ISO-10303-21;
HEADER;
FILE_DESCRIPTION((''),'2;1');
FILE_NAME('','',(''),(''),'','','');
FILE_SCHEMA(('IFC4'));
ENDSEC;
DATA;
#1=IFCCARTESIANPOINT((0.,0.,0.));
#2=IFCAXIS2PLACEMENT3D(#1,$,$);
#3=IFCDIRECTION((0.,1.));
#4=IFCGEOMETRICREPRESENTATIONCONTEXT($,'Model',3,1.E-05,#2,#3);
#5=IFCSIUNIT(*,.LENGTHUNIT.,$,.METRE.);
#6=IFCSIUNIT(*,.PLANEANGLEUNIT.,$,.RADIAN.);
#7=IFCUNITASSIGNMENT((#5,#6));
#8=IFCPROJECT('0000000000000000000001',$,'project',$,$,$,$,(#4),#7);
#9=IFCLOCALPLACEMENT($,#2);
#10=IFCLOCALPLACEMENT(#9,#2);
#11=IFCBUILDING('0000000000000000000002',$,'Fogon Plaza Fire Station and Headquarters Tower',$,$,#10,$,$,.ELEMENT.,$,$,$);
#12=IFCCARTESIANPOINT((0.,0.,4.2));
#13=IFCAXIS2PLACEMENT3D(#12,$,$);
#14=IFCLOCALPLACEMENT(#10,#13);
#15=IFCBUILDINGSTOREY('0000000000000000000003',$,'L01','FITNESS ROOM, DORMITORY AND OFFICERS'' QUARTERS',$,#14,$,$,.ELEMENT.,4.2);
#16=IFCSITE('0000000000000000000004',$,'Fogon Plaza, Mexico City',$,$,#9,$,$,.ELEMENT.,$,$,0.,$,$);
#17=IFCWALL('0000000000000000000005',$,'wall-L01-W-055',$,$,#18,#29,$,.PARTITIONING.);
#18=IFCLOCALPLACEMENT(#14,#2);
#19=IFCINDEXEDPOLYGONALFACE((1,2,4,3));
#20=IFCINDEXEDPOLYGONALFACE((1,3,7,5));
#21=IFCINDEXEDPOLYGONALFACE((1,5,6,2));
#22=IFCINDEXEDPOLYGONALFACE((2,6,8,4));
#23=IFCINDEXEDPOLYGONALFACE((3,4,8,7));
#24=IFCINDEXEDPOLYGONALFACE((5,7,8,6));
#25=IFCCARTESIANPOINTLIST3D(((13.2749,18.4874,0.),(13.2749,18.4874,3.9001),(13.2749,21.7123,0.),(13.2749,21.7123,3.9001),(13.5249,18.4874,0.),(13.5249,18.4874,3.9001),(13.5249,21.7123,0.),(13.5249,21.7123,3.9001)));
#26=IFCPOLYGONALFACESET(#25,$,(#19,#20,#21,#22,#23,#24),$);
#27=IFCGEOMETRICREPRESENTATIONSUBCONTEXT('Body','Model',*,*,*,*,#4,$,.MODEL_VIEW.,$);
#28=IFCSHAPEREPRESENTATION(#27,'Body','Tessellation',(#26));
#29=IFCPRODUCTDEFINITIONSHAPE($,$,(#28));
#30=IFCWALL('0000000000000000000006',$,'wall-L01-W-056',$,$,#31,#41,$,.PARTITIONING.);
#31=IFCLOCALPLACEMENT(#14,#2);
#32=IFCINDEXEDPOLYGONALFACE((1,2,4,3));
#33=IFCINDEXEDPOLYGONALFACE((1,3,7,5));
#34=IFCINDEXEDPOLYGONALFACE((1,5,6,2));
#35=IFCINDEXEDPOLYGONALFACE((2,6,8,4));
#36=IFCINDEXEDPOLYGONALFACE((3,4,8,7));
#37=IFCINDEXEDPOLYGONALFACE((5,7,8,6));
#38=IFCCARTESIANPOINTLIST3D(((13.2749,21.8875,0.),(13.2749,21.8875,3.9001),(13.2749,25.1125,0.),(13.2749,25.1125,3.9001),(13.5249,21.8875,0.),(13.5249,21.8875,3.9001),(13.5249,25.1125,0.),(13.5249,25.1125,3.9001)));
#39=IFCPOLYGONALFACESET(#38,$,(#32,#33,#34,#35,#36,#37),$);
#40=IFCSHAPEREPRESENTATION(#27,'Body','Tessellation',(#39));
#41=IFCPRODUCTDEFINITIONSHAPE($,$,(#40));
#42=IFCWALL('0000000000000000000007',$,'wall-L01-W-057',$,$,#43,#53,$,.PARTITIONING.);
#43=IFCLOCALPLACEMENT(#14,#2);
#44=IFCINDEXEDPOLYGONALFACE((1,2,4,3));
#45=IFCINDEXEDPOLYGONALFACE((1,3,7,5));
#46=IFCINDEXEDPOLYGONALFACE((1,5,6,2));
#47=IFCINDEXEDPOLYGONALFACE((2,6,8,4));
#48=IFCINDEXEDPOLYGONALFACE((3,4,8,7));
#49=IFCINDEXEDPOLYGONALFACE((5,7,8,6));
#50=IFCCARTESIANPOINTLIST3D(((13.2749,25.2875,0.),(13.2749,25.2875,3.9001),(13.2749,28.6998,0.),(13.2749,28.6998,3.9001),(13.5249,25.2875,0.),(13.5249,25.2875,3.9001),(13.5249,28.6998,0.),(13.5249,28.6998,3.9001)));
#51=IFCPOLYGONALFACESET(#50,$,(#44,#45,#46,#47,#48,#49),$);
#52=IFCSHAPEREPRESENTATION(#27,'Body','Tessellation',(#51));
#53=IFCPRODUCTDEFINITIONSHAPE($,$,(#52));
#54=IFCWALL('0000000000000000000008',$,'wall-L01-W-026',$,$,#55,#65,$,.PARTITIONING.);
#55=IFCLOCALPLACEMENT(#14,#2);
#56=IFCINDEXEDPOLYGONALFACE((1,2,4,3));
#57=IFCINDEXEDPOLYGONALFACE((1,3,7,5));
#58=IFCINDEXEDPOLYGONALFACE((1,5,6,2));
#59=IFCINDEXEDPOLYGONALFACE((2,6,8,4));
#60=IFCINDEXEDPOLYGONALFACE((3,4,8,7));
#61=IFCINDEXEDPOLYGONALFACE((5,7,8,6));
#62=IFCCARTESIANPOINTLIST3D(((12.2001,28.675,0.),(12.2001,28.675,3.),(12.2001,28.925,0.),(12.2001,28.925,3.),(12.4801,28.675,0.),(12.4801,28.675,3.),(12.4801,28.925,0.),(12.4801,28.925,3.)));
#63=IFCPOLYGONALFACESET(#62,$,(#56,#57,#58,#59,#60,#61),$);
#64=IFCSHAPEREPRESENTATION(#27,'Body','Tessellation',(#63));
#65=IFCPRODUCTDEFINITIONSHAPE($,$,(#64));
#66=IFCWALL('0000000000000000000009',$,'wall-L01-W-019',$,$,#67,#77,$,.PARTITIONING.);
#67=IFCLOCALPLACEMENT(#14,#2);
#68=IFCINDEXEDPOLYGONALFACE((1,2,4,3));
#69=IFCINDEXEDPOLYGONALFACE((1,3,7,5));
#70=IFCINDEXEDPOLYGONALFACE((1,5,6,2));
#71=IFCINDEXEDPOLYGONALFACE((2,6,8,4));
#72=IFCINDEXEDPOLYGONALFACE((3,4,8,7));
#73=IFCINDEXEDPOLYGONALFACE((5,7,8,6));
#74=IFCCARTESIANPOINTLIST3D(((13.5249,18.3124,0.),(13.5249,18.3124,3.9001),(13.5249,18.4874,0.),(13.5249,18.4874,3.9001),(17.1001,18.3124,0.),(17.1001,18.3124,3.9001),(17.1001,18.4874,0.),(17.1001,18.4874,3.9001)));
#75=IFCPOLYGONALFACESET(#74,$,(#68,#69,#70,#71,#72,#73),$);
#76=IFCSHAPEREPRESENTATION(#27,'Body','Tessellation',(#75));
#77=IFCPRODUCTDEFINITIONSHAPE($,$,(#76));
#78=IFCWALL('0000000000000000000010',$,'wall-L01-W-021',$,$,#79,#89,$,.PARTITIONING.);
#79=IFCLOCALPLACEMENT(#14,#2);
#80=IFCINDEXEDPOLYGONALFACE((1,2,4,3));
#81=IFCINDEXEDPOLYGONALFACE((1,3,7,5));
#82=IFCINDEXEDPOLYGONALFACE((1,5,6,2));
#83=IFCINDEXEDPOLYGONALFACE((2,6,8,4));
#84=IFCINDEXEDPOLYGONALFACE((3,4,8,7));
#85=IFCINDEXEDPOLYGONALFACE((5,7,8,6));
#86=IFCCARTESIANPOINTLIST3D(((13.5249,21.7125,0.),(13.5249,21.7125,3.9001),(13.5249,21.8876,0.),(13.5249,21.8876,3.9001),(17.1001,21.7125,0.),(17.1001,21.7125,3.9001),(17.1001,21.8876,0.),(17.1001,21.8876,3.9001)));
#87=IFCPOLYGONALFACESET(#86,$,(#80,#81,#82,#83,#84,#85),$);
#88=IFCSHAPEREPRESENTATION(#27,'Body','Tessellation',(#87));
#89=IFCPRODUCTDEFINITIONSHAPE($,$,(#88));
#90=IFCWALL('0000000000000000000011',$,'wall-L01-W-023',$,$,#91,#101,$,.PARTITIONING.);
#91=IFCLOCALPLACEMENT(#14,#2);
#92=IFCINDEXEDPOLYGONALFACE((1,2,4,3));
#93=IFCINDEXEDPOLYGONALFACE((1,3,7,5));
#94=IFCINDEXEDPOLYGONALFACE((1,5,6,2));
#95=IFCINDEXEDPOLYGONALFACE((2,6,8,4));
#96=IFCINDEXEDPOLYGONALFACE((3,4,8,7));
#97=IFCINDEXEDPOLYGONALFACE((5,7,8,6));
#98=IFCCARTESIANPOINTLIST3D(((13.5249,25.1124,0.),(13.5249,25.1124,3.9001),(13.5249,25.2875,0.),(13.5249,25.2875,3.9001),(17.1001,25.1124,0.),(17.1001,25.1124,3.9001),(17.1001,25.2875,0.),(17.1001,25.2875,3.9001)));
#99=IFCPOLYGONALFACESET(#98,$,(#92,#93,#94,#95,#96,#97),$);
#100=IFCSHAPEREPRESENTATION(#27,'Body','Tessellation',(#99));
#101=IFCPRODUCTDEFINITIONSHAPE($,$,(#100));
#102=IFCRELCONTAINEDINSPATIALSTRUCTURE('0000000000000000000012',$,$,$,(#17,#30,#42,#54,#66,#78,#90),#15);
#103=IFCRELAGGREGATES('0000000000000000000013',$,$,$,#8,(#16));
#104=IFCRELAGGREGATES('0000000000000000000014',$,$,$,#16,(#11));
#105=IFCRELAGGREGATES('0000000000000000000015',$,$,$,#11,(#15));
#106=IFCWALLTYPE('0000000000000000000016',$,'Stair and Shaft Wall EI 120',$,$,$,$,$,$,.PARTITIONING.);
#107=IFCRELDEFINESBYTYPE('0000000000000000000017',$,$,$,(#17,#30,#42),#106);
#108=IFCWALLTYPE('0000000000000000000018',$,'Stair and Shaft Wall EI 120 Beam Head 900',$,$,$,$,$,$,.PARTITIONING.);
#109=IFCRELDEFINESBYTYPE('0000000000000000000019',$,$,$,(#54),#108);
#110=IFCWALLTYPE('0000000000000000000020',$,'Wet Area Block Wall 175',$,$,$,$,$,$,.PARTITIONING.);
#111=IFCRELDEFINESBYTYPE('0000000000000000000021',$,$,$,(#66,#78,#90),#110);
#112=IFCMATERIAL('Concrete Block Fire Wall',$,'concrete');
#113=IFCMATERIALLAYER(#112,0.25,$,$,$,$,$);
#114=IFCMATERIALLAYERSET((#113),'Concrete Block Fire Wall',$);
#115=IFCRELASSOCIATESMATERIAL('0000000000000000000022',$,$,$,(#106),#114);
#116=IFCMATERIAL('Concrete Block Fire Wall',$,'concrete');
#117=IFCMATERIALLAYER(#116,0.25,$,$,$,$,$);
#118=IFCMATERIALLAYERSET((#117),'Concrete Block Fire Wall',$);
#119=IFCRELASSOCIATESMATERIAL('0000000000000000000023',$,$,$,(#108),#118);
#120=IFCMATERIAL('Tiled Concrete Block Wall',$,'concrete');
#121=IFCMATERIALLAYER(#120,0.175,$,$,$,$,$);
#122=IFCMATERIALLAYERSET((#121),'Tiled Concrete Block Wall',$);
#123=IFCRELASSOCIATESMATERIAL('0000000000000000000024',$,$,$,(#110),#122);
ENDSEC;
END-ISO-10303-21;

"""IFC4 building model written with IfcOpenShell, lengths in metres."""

from ifc_helpers import new_model, si_unit, direction, frame, frame_2d, origin, place, context, subcontext, project, spatial, rectangle, extrude, material, layer, layer_set, type_object, element, save


model = new_model("IFC4")

# Units and contexts
model_context = context("Model", 3, precision=1e-05, world=origin(), true_north=direction((0.0, 1.0)))
body_context = subcontext(model_context, "Body", "Model", "MODEL_VIEW")
ifc_project = project(units=[si_unit("LENGTHUNIT", "METRE"), si_unit("PLANEANGLEUNIT", "RADIAN")], contexts=[model_context])

# Site, building, storey
site_placement = place(None, origin())
site = spatial("IfcSite", under=ifc_project, at=site_placement, Name="Fogon Plaza, Mexico City", CompositionType="ELEMENT", RefElevation=0.0)
building_placement = place(site_placement, origin())
building = spatial("IfcBuilding", under=site, at=building_placement, Name="Fogon Plaza Fire Station and Headquarters Tower", CompositionType="ELEMENT")
storey_placement = place(building_placement, frame((0.0, 0.0, 4.2)))
storey = spatial("IfcBuildingStorey", under=building, at=storey_placement, Name="L01", Description="FITNESS ROOM, DORMITORY AND OFFICERS' QUARTERS", CompositionType="ELEMENT", Elevation=4.2)

# Walls
ifc_material_1 = material(Name="Concrete Block Fire Wall", Category="concrete")
ifc_layer_1 = layer(ifc_material_1, 0.25)
ifc_layer_set_1 = layer_set([ifc_layer_1], Name="Concrete Block Fire Wall")
wall_type_1 = type_object("IfcWallType", Name="Stair and Shaft Wall EI 120", PredefinedType="PARTITIONING", material=ifc_layer_set_1)
wall_1_placement = place(storey_placement, frame((13.3999, 18.4875, 0.0), z_axis=(0.0, 0.0, 1.0), x_axis=(0.0, 1.0, 0.0)))
element("IfcWall", 1, at=wall_1_placement, inside=storey, type_object=wall_type_1, Name="wall-L01-W-055", PredefinedType="PARTITIONING", context=body_context, shape_type="SweptSolid", body=[
    extrude(rectangle(XDim=3.2249, YDim=0.25, at=frame_2d((1.6123, 0.0))), origin(), (0.0, 0.0, 1.0), 3.9001),
])
wall_2_placement = place(storey_placement, frame((13.3999, 21.8875, 0.0), z_axis=(0.0, 0.0, 1.0), x_axis=(0.0, 1.0, 0.0)))
element("IfcWall", 2, at=wall_2_placement, inside=storey, type_object=wall_type_1, Name="wall-L01-W-056", PredefinedType="PARTITIONING", context=body_context, shape_type="SweptSolid", body=[
    extrude(rectangle(XDim=3.2251, YDim=0.25, at=frame_2d((1.6125, 0.0))), origin(), (0.0, 0.0, 1.0), 3.9001),
])
wall_3_placement = place(storey_placement, frame((13.3999, 25.2876, 0.0), z_axis=(0.0, 0.0, 1.0), x_axis=(0.0, 1.0, 0.0)))
element("IfcWall", 3, at=wall_3_placement, inside=storey, type_object=wall_type_1, Name="wall-L01-W-057", PredefinedType="PARTITIONING", context=body_context, shape_type="SweptSolid", body=[
    extrude(rectangle(XDim=3.4124, YDim=0.25, at=frame_2d((1.7061, 0.0))), origin(), (0.0, 0.0, 1.0), 3.9001),
])
ifc_material_2 = material(Name="Concrete Block Fire Wall", Category="concrete")
ifc_layer_2 = layer(ifc_material_2, 0.25)
ifc_layer_set_2 = layer_set([ifc_layer_2], Name="Concrete Block Fire Wall")
wall_type_2 = type_object("IfcWallType", Name="Stair and Shaft Wall EI 120 Beam Head 900", PredefinedType="PARTITIONING", material=ifc_layer_set_2)
wall_4_placement = place(storey_placement, frame((12.2, 28.8, 0.0), z_axis=(0.0, 0.0, 1.0), x_axis=(1.0, 0.0, 0.0)))
element("IfcWall", 4, at=wall_4_placement, inside=storey, type_object=wall_type_2, Name="wall-L01-W-026", PredefinedType="PARTITIONING", context=body_context, shape_type="SweptSolid", body=[
    extrude(rectangle(XDim=0.28, YDim=0.25, at=frame_2d((0.1401, 0.0))), origin(), (0.0, 0.0, 1.0), 3.0),
])
ifc_material_3 = material(Name="Tiled Concrete Block Wall", Category="concrete")
ifc_layer_3 = layer(ifc_material_3, 0.175)
ifc_layer_set_3 = layer_set([ifc_layer_3], Name="Tiled Concrete Block Wall")
wall_type_3 = type_object("IfcWallType", Name="Wet Area Block Wall 175", PredefinedType="PARTITIONING", material=ifc_layer_set_3)
for number, where, z_axis, x_axis, name in (
    (5, (13.5249, 18.3999, 0.0), (0.0, 0.0, 1.0), (1.0, 0.0, 0.0), "wall-L01-W-019"),
    (6, (13.5249, 21.8, 0.0), (0.0, 0.0, 1.0), (1.0, 0.0, 0.0), "wall-L01-W-021"),
    (7, (13.5249, 25.2, 0.0), (0.0, 0.0, 1.0), (1.0, 0.0, 0.0), "wall-L01-W-023"),
):
    element("IfcWall", number, at=place(storey_placement, frame(where, z_axis=z_axis, x_axis=x_axis)), inside=storey, type_object=wall_type_3, Name=name, PredefinedType="PARTITIONING", context=body_context, shape_type="SweptSolid", body=[
        extrude(rectangle(XDim=3.5752, YDim=0.175, at=frame_2d((1.7876, 0.0))), origin(), (0.0, 0.0, 1.0), 3.9001),
    ])

save(model, "model.ifc")
